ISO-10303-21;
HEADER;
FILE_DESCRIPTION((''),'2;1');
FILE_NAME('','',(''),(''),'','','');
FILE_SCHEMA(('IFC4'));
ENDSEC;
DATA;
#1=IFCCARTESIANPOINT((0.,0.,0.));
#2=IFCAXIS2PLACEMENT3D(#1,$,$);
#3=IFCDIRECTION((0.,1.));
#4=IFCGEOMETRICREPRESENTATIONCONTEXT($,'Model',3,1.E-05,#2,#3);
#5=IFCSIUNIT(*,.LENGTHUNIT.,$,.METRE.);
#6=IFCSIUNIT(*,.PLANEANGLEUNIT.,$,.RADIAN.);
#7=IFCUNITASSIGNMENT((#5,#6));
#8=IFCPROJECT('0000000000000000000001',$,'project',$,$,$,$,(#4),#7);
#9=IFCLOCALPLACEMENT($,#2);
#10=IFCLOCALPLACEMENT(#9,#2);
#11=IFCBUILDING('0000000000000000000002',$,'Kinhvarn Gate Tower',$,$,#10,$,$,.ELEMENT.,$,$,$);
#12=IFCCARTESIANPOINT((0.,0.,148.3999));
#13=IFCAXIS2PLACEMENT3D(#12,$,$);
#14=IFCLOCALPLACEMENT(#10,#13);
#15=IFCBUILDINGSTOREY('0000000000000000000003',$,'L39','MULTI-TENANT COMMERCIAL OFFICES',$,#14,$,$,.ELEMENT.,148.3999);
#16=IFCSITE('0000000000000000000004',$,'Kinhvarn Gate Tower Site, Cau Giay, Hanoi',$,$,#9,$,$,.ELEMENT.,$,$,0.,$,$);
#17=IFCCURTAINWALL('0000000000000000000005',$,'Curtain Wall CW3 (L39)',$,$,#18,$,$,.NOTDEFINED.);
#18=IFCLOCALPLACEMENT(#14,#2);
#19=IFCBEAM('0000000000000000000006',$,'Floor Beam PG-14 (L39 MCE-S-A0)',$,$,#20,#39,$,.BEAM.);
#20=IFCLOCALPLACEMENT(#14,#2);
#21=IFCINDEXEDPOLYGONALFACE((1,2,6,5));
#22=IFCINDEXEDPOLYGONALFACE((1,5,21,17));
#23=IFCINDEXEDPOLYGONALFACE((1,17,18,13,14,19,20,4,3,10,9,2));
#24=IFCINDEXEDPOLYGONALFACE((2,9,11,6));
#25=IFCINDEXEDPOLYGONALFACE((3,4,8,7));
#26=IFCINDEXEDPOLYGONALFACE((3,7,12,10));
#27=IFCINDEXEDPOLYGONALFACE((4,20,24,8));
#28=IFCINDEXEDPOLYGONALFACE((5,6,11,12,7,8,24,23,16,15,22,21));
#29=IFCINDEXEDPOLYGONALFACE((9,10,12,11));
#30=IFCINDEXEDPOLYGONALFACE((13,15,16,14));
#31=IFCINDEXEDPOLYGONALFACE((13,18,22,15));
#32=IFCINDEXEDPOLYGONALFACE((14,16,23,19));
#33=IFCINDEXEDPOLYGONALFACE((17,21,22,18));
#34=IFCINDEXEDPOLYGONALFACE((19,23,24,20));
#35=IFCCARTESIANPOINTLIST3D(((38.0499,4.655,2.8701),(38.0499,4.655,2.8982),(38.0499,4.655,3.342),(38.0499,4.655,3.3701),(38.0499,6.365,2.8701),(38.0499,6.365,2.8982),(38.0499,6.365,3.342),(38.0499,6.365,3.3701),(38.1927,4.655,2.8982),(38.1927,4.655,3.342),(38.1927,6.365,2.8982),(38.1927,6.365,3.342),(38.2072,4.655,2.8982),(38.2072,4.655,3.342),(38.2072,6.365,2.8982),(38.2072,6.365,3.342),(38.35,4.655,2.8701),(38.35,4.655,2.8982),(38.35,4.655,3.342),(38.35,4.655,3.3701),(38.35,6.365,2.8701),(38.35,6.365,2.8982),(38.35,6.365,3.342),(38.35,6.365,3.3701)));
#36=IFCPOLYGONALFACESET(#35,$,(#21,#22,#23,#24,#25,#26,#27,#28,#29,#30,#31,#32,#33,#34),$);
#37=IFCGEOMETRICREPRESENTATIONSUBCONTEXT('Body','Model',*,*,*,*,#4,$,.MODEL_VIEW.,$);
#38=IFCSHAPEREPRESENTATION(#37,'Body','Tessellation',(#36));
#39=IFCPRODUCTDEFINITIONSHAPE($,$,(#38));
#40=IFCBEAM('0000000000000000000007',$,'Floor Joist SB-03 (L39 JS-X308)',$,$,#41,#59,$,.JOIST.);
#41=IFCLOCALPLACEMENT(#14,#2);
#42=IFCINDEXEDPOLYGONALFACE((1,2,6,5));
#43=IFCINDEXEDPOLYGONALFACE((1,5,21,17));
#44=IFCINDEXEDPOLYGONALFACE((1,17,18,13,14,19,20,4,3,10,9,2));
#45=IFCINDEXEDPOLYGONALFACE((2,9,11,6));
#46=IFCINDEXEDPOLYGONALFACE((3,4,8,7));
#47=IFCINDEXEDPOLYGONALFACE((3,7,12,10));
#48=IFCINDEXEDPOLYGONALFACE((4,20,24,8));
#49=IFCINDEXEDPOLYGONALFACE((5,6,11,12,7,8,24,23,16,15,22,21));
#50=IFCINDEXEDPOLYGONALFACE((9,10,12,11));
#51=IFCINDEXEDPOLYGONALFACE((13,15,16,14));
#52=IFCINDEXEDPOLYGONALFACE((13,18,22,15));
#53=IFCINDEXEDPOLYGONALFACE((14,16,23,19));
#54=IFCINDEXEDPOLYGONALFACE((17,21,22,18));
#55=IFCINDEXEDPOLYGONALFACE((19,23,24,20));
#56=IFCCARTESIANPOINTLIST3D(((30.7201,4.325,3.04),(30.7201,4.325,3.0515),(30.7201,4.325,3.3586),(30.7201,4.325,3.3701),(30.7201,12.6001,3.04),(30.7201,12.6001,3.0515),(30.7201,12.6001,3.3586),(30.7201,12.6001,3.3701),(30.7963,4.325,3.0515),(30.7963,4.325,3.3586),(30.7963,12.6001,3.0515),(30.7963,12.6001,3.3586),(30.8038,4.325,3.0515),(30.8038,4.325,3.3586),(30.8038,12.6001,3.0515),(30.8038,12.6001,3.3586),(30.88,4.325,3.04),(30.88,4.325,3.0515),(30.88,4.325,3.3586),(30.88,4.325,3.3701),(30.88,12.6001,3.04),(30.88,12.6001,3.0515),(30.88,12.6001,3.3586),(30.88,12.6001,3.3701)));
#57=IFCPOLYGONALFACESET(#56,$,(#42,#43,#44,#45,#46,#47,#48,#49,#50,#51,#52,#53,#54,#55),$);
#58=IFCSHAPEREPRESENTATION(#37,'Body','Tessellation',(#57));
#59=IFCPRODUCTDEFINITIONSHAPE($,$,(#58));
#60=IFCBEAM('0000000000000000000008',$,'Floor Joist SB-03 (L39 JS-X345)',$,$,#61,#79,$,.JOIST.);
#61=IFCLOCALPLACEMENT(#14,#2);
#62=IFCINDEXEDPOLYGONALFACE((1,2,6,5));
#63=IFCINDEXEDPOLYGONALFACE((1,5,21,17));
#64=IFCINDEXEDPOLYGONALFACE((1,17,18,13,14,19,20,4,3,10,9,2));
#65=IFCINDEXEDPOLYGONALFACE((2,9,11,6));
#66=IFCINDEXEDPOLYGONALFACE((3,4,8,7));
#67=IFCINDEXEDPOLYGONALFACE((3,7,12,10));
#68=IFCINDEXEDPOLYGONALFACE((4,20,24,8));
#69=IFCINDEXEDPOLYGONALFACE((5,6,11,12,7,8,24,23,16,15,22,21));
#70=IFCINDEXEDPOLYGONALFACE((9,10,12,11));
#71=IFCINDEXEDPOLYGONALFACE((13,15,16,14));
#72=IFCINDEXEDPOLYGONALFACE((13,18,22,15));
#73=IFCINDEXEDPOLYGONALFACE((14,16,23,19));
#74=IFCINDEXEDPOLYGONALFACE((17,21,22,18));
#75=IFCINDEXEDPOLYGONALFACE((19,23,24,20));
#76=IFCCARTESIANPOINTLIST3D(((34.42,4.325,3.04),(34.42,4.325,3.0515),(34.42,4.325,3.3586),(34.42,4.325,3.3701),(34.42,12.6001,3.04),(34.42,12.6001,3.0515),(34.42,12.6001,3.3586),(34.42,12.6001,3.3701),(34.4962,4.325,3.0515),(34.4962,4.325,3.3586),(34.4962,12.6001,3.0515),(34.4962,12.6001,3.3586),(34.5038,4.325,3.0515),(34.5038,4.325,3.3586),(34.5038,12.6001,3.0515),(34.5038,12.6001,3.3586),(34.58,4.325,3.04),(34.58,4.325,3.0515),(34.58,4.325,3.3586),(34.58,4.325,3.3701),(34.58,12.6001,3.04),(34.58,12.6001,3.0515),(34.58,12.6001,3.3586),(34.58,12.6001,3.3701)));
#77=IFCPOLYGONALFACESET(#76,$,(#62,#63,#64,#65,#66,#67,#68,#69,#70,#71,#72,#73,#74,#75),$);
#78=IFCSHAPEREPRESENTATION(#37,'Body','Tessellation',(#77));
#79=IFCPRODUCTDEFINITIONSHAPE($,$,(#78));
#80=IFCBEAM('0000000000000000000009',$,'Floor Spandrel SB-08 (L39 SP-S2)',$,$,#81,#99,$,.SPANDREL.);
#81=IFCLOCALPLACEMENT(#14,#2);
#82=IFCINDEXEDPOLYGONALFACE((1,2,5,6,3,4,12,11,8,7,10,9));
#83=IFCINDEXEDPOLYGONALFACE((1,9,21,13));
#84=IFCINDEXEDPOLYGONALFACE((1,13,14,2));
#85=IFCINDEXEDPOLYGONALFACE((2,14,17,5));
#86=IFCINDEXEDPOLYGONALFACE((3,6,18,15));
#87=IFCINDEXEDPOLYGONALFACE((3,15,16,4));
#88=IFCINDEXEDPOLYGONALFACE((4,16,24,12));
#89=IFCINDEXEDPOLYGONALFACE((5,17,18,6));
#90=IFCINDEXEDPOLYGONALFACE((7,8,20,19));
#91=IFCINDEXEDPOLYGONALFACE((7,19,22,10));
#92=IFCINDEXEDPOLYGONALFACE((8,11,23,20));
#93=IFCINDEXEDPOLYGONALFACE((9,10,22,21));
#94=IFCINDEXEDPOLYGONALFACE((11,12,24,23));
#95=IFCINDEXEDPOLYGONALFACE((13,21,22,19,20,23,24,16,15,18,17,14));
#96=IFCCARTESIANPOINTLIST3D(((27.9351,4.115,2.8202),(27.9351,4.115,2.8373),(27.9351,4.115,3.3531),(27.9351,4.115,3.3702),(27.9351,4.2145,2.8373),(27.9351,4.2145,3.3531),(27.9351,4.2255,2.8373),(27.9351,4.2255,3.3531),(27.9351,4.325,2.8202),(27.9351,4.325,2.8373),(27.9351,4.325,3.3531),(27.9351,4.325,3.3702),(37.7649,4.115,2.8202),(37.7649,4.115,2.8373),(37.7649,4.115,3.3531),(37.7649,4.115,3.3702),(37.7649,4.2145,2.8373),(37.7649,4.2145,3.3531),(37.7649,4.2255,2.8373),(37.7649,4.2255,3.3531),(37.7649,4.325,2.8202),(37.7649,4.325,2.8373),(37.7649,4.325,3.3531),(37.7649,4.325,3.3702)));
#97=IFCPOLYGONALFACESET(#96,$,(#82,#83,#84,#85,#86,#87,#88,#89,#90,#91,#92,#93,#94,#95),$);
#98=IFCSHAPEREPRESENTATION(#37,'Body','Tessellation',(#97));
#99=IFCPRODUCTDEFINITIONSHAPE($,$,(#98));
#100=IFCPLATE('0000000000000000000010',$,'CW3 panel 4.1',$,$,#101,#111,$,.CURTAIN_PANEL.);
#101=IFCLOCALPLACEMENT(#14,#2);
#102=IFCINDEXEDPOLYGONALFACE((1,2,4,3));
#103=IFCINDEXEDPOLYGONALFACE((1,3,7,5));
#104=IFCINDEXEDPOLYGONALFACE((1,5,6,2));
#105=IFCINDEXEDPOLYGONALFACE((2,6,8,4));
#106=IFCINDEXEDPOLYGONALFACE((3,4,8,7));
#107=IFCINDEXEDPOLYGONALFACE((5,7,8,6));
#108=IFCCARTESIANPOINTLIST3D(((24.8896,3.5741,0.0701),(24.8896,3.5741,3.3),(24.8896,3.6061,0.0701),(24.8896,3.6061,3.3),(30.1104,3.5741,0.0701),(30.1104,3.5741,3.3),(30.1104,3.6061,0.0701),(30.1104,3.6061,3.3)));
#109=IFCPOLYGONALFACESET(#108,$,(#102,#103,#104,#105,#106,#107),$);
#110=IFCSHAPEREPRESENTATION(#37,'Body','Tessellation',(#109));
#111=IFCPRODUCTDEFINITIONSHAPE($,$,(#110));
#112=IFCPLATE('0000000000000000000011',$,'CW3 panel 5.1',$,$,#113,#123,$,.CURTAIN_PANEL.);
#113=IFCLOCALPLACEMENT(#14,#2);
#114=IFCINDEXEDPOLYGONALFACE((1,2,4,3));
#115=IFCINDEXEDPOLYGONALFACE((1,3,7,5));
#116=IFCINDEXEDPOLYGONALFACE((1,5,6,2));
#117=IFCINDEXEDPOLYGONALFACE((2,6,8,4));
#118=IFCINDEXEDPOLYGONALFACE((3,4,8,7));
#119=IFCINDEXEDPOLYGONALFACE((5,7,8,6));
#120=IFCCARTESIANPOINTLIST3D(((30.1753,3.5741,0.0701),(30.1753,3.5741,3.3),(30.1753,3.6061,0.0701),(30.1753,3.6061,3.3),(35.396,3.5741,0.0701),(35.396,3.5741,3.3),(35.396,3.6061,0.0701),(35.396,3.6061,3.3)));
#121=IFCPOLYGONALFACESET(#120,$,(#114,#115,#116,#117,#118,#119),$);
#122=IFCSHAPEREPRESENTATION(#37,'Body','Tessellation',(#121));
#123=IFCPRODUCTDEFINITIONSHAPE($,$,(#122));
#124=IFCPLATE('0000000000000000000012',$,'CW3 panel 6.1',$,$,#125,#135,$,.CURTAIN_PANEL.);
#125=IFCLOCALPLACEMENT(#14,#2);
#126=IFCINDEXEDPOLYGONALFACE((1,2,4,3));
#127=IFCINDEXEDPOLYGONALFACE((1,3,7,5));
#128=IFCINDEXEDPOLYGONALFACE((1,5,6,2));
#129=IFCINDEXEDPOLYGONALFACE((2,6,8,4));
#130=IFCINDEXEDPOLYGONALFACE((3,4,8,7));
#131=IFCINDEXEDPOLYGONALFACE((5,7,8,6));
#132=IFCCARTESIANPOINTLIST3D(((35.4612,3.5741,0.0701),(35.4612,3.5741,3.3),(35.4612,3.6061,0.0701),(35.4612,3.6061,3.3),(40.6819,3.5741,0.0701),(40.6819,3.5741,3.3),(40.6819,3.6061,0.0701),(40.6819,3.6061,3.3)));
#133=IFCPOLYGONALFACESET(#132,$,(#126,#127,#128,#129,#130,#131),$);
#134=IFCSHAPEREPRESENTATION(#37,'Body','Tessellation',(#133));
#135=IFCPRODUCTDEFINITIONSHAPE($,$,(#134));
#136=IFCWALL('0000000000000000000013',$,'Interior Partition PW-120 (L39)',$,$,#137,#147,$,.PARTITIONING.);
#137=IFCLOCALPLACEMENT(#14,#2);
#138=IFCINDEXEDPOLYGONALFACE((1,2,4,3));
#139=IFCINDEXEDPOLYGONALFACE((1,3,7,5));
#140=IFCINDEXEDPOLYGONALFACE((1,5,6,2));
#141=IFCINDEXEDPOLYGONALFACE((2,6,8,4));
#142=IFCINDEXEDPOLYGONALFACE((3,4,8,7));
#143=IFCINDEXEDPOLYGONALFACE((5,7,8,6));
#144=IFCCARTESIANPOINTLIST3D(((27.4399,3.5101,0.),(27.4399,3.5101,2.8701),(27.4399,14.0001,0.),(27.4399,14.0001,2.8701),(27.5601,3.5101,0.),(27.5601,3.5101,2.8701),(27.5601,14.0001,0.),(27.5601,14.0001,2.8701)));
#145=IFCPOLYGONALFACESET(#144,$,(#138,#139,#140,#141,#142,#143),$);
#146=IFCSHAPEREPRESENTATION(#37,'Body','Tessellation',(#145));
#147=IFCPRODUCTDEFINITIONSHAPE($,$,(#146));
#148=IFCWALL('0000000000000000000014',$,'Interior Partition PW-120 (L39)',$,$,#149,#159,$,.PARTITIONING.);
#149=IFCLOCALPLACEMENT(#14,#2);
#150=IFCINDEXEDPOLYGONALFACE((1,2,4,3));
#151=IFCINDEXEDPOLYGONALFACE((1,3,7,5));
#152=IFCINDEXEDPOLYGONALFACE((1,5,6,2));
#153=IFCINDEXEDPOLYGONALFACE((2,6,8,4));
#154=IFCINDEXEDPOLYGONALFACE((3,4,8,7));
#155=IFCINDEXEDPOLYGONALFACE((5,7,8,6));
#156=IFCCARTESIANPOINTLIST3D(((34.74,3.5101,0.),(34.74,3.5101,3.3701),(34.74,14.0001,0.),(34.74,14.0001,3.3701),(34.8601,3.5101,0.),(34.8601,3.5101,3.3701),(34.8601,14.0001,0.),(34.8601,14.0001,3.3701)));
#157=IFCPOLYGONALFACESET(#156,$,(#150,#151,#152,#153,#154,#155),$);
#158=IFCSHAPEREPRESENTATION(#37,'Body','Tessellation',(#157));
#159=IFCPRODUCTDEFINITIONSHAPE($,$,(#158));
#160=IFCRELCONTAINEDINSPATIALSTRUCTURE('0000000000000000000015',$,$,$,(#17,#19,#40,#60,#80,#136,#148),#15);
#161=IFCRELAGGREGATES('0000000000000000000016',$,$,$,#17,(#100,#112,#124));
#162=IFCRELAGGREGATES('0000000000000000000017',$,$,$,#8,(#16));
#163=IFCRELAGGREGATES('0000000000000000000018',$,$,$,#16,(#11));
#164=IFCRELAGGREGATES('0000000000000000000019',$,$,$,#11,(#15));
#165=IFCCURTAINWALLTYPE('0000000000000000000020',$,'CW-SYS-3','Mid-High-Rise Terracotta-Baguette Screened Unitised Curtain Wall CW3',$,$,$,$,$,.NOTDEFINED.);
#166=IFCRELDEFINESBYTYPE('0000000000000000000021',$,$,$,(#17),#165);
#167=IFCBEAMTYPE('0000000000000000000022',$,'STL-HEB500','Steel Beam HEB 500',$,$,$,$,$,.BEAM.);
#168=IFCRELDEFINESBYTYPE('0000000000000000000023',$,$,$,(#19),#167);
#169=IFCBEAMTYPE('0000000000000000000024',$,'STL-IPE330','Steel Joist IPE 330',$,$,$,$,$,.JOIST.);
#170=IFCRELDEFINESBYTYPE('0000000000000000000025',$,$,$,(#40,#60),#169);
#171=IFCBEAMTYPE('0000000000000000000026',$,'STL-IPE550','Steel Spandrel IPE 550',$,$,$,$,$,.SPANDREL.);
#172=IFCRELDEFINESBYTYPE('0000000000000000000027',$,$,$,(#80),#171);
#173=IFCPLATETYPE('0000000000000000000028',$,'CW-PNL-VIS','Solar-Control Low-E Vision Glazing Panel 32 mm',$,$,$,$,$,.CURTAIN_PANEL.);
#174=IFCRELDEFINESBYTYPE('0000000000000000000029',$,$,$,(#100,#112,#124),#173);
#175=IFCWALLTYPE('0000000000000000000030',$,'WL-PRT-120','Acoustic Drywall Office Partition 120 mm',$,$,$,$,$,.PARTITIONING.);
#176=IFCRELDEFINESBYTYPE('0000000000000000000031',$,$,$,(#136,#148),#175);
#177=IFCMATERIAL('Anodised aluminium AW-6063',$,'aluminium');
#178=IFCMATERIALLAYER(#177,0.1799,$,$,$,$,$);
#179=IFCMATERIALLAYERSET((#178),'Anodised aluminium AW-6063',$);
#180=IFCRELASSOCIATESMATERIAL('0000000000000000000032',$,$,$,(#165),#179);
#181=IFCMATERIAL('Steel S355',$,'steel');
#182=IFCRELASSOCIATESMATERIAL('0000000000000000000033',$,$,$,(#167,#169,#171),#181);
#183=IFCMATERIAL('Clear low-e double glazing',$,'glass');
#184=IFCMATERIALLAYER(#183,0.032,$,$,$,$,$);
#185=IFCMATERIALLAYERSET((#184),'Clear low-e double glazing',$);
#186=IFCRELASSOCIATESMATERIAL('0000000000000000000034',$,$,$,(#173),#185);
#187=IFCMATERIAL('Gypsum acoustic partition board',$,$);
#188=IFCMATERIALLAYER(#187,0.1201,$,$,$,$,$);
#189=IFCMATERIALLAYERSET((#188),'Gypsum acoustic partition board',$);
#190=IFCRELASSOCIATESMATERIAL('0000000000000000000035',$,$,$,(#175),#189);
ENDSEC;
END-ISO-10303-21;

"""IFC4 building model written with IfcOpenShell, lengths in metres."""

from ifc_helpers import new_model, si_unit, direction, frame, frame_2d, origin, origin_2d, place, context, subcontext, project, spatial, rectangle, i_section, extrude, material, layer, layer_set, material_profile, profile_set, type_object, element, aggregate, save


model = new_model("IFC4")

# Units and contexts
model_context = context("Model", 3, precision=1e-05, world=origin(), true_north=direction((0.0, 1.0)))
body_context = subcontext(model_context, "Body", "Model", "MODEL_VIEW")
ifc_project = project(units=[si_unit("LENGTHUNIT", "METRE"), si_unit("PLANEANGLEUNIT", "RADIAN")], contexts=[model_context])

# Site, building, storey
site_placement = place(None, origin())
site = spatial("IfcSite", under=ifc_project, at=site_placement, Name="Kinhvarn Gate Tower Site, Cau Giay, Hanoi", CompositionType="ELEMENT", RefElevation=0.0)
building_placement = place(site_placement, origin())
building = spatial("IfcBuilding", under=site, at=building_placement, Name="Kinhvarn Gate Tower", CompositionType="ELEMENT")
storey_placement = place(building_placement, frame((0.0, 0.0, 148.3999)))
storey = spatial("IfcBuildingStorey", under=building, at=storey_placement, Name="L39", Description="MULTI-TENANT COMMERCIAL OFFICES", CompositionType="ELEMENT", Elevation=148.3999)

# Curtain wall
ifc_material_1 = material(Name="Anodised aluminium AW-6063", Category="aluminium")
ifc_layer_1 = layer(ifc_material_1, 0.1799)
ifc_layer_set_1 = layer_set([ifc_layer_1], Name="Anodised aluminium AW-6063")
curtain_wall_type = type_object("IfcCurtainWallType", Name="CW-SYS-3", Description="Mid-High-Rise Terracotta-Baguette Screened Unitised Curtain Wall CW3", PredefinedType="NOTDEFINED", material=ifc_layer_set_1)
curtain_wall_placement = place(storey_placement, origin())
curtain_wall = element("IfcCurtainWall", 1, at=curtain_wall_placement, inside=storey, type_object=curtain_wall_type, Name="Curtain Wall CW3 (L39)", PredefinedType="NOTDEFINED")

# Beams
ifc_material_2 = material(Name="Steel S355", Category="steel")
ifc_material_profile_1 = material_profile(ifc_material_2, i_section(OverallWidth=0.3, OverallDepth=0.5, WebThickness=0.0144, FlangeThickness=0.0281, at=origin_2d()), Name="HEB 500")
ifc_profile_set_1 = profile_set([ifc_material_profile_1], Name="Steel S355")
beam_type_1 = type_object("IfcBeamType", Name="STL-HEB500", Description="Steel Beam HEB 500", PredefinedType="BEAM", material=ifc_profile_set_1)
beam_1_placement = place(storey_placement, frame((38.2, 4.655, 3.1201), z_axis=(0.0, 1.0, 0.0), x_axis=(-1.0, 0.0, 0.0)))
element("IfcBeam", 2, at=beam_1_placement, inside=storey, type_object=beam_type_1, Name="Floor Beam PG-14 (L39 MCE-S-A0)", PredefinedType="BEAM", context=body_context, shape_type="SweptSolid", body=[
    extrude(i_section(OverallWidth=0.3, OverallDepth=0.5, WebThickness=0.0144, FlangeThickness=0.0281, at=origin_2d()), origin(), (0.0, 0.0, 1.0), 1.71),
])
ifc_material_profile_2 = material_profile(ifc_material_2, i_section(OverallWidth=0.1599, OverallDepth=0.3301, WebThickness=0.0076, FlangeThickness=0.0115, at=origin_2d()), Name="IPE 330")
ifc_profile_set_2 = profile_set([ifc_material_profile_2], Name="Steel S355")
beam_type_2 = type_object("IfcBeamType", Name="STL-IPE330", Description="Steel Joist IPE 330", PredefinedType="JOIST", material=ifc_profile_set_2)
for number, where, z_axis, x_axis, name in (
    (3, (30.8, 4.325, 3.2051), (0.0, 1.0, 0.0), (-1.0, 0.0, 0.0), "Floor Joist SB-03 (L39 JS-X308)"),
    (4, (34.5, 4.325, 3.2051), (0.0, 1.0, 0.0), (-1.0, 0.0, 0.0), "Floor Joist SB-03 (L39 JS-X345)"),
):
    element("IfcBeam", number, at=place(storey_placement, frame(where, z_axis=z_axis, x_axis=x_axis)), inside=storey, type_object=beam_type_2, Name=name, PredefinedType="JOIST", context=body_context, shape_type="SweptSolid", body=[
        extrude(i_section(OverallWidth=0.1599, OverallDepth=0.3301, WebThickness=0.0076, FlangeThickness=0.0115, at=origin_2d()), origin(), (0.0, 0.0, 1.0), 8.2751),
    ])
ifc_material_profile_3 = material_profile(ifc_material_2, i_section(OverallWidth=0.21, OverallDepth=0.55, WebThickness=0.011, FlangeThickness=0.0171, at=origin_2d()), Name="IPE 550")
ifc_profile_set_3 = profile_set([ifc_material_profile_3], Name="Steel S355")
beam_type_3 = type_object("IfcBeamType", Name="STL-IPE550", Description="Steel Spandrel IPE 550", PredefinedType="SPANDREL", material=ifc_profile_set_3)
beam_2_placement = place(storey_placement, frame((27.9351, 4.22, 3.0952), z_axis=(1.0, 0.0, 0.0), x_axis=(0.0, 1.0, 0.0)))
element("IfcBeam", 5, at=beam_2_placement, inside=storey, type_object=beam_type_3, Name="Floor Spandrel SB-08 (L39 SP-S2)", PredefinedType="SPANDREL", context=body_context, shape_type="SweptSolid", body=[
    extrude(i_section(OverallWidth=0.21, OverallDepth=0.55, WebThickness=0.011, FlangeThickness=0.0171, at=origin_2d()), origin(), (0.0, 0.0, 1.0), 9.8298),
])

# Plates
ifc_material_3 = material(Name="Clear low-e double glazing", Category="glass")
ifc_layer_2 = layer(ifc_material_3, 0.032)
ifc_layer_set_2 = layer_set([ifc_layer_2], Name="Clear low-e double glazing")
plate_type = type_object("IfcPlateType", Name="CW-PNL-VIS", Description="Solar-Control Low-E Vision Glazing Panel 32 mm", PredefinedType="CURTAIN_PANEL", material=ifc_layer_set_2)
plate_1_placement = place(storey_placement, frame((27.5, 3.5901, 0.0701), z_axis=(0.0, 0.0, 1.0), x_axis=(1.0, 0.0, 0.0)))
plate_1 = element("IfcPlate", 6, at=plate_1_placement, type_object=plate_type, Name="CW3 panel 4.1", PredefinedType="CURTAIN_PANEL", context=body_context, shape_type="SweptSolid", body=[
    extrude(rectangle(XDim=5.2207, YDim=0.032, at=origin_2d()), origin(), (0.0, 0.0, 1.0), 3.23),
])
plate_2_placement = place(storey_placement, frame((32.7856, 3.5901, 0.0701), z_axis=(0.0, 0.0, 1.0), x_axis=(1.0, 0.0, 0.0)))
plate_2 = element("IfcPlate", 7, at=plate_2_placement, type_object=plate_type, Name="CW3 panel 5.1", PredefinedType="CURTAIN_PANEL", context=body_context, shape_type="SweptSolid", body=[
    extrude(rectangle(XDim=5.2207, YDim=0.032, at=origin_2d()), origin(), (0.0, 0.0, 1.0), 3.23),
])
plate_3_placement = place(storey_placement, frame((38.0715, 3.5901, 0.0701), z_axis=(0.0, 0.0, 1.0), x_axis=(1.0, 0.0, 0.0)))
plate_3 = element("IfcPlate", 8, at=plate_3_placement, type_object=plate_type, Name="CW3 panel 6.1", PredefinedType="CURTAIN_PANEL", context=body_context, shape_type="SweptSolid", body=[
    extrude(rectangle(XDim=5.2207, YDim=0.032, at=origin_2d()), origin(), (0.0, 0.0, 1.0), 3.23),
])
aggregate(curtain_wall, [plate_1, plate_2, plate_3])

# Walls
ifc_material_4 = material(Name="Gypsum acoustic partition board")
ifc_layer_3 = layer(ifc_material_4, 0.1201)
ifc_layer_set_3 = layer_set([ifc_layer_3], Name="Gypsum acoustic partition board")
wall_type = type_object("IfcWallType", Name="WL-PRT-120", Description="Acoustic Drywall Office Partition 120 mm", PredefinedType="PARTITIONING", material=ifc_layer_set_3)
wall_1_placement = place(storey_placement, frame((27.5, 3.51, 0.0), z_axis=(0.0, 0.0, 1.0), x_axis=(0.0, 1.0, 0.0)))
element("IfcWall", 9, at=wall_1_placement, inside=storey, type_object=wall_type, Name="Interior Partition PW-120 (L39)", PredefinedType="PARTITIONING", context=body_context, shape_type="SweptSolid", body=[
    extrude(rectangle(XDim=10.49, YDim=0.1201, at=frame_2d((5.2451, 0.0))), origin(), (0.0, 0.0, 1.0), 2.8701),
])
wall_2_placement = place(storey_placement, frame((34.8, 3.51, 0.0), z_axis=(0.0, 0.0, 1.0), x_axis=(0.0, 1.0, 0.0)))
element("IfcWall", 10, at=wall_2_placement, inside=storey, type_object=wall_type, Name="Interior Partition PW-120 (L39)", PredefinedType="PARTITIONING", context=body_context, shape_type="SweptSolid", body=[
    extrude(rectangle(XDim=10.49, YDim=0.1201, at=frame_2d((5.2451, 0.0))), origin(), (0.0, 0.0, 1.0), 3.3701),
])

save(model, "model.ifc")
